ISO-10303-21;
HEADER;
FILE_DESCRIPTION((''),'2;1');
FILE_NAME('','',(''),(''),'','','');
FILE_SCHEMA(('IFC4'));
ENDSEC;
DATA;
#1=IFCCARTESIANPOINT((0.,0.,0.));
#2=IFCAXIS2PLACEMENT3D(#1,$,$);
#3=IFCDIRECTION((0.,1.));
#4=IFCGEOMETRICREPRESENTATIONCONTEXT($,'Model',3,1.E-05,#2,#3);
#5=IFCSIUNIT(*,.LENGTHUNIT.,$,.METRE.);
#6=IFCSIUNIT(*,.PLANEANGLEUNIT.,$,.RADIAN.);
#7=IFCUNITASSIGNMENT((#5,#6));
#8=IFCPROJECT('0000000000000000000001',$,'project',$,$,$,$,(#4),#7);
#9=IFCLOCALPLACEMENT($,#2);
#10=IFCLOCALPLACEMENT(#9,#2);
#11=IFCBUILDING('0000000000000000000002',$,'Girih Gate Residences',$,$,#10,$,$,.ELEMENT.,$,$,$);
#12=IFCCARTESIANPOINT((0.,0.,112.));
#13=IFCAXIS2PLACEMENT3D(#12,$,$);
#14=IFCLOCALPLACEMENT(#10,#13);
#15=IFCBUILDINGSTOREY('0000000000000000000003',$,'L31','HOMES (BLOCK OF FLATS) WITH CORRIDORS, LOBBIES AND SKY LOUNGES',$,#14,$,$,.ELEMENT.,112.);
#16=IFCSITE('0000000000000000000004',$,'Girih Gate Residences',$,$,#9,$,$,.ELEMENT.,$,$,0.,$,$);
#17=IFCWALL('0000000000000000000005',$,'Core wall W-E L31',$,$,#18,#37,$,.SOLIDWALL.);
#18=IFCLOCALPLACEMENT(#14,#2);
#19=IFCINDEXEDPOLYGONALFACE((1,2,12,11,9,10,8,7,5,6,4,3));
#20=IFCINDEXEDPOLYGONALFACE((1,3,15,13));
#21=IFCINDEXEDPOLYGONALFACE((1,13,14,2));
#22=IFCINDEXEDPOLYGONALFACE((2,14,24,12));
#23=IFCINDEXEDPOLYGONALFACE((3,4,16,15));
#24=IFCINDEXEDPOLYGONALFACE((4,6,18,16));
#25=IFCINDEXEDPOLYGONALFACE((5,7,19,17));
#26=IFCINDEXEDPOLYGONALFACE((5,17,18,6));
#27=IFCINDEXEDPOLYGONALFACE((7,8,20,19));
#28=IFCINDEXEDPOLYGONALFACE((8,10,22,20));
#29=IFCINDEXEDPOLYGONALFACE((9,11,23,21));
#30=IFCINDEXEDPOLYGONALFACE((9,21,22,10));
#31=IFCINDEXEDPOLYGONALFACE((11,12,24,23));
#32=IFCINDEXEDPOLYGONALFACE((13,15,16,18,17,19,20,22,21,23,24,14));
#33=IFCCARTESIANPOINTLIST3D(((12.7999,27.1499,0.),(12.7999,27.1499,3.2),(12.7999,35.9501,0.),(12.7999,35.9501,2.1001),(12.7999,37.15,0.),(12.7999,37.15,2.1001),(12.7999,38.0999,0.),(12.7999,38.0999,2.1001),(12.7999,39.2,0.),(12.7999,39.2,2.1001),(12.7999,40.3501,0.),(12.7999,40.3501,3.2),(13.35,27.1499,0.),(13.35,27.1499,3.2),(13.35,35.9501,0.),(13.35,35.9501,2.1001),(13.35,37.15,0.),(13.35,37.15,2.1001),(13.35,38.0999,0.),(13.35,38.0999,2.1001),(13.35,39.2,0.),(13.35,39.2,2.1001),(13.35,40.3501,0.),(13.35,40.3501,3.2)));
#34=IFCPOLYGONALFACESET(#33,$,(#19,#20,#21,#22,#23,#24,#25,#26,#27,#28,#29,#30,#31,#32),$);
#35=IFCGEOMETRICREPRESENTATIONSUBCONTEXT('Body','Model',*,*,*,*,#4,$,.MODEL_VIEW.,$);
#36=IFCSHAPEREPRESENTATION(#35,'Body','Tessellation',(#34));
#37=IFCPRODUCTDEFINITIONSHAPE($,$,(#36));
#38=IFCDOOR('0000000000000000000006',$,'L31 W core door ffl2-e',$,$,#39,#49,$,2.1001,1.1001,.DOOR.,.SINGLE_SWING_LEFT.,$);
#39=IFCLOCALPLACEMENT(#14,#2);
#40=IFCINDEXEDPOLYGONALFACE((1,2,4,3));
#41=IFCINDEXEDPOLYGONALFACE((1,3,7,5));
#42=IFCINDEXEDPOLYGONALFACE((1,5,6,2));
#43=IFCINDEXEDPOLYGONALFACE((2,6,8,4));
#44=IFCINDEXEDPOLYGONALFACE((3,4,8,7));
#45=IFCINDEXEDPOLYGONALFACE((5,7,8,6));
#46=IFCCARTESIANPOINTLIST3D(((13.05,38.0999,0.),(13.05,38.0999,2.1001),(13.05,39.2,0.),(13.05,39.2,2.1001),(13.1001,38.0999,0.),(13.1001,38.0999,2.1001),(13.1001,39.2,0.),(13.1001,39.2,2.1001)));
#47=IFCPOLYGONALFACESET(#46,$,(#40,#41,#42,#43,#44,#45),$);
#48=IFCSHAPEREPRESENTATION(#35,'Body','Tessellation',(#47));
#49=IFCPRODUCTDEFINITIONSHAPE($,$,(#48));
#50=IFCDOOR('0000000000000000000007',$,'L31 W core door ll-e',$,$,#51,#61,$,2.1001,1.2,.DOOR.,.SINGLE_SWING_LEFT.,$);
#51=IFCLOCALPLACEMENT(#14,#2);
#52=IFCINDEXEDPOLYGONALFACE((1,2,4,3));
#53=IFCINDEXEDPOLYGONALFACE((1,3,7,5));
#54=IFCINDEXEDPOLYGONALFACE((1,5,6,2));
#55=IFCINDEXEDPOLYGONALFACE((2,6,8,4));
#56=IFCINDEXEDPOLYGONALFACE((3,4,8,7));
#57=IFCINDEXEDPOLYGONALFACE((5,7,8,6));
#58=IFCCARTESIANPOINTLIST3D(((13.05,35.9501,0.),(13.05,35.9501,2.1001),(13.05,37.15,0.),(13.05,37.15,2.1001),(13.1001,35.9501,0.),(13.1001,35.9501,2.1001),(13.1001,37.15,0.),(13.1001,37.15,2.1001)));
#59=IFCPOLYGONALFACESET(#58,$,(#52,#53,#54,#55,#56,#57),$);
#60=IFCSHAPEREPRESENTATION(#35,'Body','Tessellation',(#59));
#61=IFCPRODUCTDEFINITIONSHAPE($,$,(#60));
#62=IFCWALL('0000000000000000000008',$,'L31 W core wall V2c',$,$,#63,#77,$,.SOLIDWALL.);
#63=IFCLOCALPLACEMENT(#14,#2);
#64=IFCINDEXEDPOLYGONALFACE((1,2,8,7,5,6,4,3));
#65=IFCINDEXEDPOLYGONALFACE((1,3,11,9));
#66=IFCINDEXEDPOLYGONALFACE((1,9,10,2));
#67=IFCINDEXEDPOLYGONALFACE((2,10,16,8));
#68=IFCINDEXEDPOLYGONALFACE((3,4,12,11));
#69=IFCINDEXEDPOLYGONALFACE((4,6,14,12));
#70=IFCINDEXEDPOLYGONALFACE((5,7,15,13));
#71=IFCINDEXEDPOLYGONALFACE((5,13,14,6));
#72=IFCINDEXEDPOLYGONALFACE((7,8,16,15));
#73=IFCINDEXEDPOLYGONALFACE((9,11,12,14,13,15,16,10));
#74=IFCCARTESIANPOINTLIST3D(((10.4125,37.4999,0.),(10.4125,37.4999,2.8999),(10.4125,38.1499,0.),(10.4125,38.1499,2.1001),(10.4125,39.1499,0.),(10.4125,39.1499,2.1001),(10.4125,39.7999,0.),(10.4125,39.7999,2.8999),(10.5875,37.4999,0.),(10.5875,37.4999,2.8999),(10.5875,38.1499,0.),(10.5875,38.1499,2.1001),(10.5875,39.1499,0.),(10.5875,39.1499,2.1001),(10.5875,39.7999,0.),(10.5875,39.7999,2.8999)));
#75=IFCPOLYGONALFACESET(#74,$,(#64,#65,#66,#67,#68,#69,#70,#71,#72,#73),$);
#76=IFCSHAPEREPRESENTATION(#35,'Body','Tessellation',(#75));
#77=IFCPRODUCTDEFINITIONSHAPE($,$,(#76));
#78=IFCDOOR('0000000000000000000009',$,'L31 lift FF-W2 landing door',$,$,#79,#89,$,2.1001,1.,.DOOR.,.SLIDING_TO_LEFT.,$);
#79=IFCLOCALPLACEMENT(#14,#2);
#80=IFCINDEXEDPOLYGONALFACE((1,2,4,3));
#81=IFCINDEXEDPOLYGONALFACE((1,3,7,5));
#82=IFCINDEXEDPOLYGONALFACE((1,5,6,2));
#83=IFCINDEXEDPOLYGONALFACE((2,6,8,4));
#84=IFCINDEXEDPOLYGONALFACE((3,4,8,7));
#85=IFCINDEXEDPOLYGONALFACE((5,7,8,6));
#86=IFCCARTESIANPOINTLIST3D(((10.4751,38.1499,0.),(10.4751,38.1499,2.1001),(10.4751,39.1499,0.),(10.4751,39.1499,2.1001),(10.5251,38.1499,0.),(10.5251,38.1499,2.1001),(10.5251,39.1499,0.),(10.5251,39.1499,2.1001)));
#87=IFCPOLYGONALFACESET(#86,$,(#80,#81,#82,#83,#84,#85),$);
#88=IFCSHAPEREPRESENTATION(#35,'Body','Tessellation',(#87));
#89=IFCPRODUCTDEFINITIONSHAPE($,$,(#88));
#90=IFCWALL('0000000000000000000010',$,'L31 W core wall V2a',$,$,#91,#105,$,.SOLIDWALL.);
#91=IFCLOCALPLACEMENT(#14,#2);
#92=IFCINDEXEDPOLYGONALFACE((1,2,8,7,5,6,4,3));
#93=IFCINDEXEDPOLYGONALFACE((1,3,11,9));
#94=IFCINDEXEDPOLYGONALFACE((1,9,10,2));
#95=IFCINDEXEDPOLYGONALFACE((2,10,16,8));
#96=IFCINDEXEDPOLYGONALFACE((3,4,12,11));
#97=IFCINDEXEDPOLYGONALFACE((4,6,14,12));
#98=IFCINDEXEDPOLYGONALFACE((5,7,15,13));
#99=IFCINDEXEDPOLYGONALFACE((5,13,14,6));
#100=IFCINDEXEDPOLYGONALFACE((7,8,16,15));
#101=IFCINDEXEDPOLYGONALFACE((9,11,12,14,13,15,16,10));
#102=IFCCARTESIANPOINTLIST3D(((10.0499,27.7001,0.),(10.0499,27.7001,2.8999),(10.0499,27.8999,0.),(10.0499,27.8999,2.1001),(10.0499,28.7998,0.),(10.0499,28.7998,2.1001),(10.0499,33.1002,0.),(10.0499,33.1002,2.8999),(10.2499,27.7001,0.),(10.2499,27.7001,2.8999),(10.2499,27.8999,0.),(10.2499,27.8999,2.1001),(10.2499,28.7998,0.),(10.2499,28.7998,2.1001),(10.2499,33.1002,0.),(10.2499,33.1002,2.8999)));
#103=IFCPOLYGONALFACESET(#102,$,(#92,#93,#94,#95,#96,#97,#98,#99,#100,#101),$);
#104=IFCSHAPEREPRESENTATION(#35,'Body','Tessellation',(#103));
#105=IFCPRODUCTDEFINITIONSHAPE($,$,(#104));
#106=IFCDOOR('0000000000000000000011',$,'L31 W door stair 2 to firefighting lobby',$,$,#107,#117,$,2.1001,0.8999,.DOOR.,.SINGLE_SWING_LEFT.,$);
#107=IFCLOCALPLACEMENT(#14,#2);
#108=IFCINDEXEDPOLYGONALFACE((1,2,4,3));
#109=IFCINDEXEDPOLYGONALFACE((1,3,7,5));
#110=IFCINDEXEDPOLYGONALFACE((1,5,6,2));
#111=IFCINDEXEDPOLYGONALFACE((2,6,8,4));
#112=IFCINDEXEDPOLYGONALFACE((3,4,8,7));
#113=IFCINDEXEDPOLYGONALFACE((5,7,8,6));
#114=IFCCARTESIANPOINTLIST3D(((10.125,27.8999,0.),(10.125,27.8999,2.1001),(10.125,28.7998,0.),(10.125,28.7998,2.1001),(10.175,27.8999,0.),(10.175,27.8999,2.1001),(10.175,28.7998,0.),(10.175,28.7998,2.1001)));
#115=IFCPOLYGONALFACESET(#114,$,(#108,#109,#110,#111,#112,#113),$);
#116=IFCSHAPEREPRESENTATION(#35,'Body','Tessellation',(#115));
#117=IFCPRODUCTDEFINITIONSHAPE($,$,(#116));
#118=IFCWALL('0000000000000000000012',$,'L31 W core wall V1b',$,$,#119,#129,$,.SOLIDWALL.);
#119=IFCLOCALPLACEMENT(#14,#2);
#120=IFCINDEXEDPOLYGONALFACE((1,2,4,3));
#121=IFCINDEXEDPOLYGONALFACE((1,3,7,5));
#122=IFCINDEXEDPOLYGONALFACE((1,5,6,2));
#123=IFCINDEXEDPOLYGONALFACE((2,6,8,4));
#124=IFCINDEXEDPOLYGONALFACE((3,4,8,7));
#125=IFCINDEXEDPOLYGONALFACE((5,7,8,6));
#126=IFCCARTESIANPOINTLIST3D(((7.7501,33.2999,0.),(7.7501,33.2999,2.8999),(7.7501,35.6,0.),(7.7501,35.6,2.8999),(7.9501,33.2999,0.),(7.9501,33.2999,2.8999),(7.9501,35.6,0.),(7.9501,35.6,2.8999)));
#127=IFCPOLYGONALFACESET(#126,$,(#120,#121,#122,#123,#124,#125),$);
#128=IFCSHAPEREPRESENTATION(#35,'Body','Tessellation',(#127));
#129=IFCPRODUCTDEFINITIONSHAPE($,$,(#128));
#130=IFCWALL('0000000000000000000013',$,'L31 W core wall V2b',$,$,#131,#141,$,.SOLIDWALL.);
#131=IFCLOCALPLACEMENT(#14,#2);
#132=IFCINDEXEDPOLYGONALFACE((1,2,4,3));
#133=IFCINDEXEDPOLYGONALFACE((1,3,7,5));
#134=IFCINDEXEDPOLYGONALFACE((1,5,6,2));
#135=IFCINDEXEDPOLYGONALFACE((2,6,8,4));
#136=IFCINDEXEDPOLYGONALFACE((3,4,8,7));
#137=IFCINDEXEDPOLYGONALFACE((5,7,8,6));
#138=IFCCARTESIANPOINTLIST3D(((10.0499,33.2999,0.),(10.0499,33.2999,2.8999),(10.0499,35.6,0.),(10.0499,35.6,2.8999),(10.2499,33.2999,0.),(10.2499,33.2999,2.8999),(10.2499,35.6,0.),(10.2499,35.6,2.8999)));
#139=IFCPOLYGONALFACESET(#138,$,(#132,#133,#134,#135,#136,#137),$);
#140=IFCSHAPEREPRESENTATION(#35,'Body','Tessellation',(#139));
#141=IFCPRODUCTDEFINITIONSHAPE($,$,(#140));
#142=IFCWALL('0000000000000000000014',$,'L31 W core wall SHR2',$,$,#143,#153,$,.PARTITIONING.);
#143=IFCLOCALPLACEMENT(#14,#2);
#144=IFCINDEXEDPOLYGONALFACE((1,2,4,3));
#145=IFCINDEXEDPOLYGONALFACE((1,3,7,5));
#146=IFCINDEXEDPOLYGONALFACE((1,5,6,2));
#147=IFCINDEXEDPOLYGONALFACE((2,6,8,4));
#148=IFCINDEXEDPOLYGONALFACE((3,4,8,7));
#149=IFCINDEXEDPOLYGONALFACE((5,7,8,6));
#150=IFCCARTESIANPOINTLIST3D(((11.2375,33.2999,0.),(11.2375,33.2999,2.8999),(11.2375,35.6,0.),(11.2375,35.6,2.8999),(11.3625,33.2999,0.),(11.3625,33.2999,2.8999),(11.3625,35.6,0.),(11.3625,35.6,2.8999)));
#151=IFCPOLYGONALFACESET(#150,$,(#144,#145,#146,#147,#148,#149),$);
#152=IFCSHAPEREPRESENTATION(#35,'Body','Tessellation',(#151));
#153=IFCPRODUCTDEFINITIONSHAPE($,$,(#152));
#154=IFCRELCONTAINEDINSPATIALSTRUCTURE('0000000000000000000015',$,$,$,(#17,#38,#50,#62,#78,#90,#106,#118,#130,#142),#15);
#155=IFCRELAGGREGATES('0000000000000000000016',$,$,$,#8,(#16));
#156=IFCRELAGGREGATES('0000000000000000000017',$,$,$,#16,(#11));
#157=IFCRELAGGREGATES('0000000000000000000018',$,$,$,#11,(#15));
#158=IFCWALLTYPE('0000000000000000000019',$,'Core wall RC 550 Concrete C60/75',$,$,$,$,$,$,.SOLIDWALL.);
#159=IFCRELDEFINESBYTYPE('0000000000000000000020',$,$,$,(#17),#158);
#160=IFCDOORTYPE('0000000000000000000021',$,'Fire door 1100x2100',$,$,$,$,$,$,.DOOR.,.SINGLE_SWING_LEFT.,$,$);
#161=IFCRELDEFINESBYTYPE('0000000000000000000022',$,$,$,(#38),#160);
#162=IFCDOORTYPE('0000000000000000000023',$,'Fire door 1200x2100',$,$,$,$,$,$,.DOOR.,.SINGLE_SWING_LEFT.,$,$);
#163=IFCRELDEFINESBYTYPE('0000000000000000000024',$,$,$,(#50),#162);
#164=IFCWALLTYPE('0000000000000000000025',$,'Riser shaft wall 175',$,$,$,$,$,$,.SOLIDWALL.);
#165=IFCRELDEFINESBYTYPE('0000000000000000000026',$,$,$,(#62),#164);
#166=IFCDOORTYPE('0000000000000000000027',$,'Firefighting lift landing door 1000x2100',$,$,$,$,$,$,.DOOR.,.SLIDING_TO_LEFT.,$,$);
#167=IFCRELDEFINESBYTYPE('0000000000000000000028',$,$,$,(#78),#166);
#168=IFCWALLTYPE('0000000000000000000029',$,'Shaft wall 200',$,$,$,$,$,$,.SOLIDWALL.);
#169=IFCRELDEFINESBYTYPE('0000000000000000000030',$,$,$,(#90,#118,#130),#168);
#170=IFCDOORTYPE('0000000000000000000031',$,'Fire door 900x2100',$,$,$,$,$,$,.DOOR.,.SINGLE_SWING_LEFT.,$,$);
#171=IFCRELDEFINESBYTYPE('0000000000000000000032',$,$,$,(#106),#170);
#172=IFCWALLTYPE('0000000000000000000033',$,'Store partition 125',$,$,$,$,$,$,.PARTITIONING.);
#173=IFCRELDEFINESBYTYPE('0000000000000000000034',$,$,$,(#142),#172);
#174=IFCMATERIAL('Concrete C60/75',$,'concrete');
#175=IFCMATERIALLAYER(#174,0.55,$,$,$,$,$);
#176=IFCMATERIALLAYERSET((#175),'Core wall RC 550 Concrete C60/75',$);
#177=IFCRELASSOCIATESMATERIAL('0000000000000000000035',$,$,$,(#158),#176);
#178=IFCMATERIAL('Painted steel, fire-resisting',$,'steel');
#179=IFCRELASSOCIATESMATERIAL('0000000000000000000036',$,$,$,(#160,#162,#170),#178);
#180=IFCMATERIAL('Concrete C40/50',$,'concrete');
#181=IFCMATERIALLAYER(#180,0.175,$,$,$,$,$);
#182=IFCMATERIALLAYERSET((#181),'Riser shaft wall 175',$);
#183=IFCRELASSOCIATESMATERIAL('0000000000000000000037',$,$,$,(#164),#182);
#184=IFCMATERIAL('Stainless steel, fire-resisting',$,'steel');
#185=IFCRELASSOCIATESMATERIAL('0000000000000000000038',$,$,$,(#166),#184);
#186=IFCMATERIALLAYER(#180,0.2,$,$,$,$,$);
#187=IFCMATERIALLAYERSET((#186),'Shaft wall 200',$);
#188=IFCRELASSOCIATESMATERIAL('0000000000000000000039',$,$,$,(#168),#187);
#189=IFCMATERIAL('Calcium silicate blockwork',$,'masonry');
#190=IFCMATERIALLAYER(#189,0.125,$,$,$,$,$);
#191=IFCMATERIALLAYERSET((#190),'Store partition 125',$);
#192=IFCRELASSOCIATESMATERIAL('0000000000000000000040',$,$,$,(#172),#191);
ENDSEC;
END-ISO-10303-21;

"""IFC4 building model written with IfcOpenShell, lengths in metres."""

from ifc_helpers import new_model, si_unit, direction, frame, frame_2d, origin, place, context, subcontext, project, spatial, rectangle, extrude, material, layer, layer_set, type_object, element, fill, save


model = new_model("IFC4")

# Units and contexts
model_context = context("Model", 3, precision=1e-05, world=origin(), true_north=direction((0.0, 1.0)))
body_context = subcontext(model_context, "Body", "Model", "MODEL_VIEW")
ifc_project = project(units=[si_unit("LENGTHUNIT", "METRE"), si_unit("PLANEANGLEUNIT", "RADIAN")], contexts=[model_context])

# Site, building, storey
site_placement = place(None, origin())
site = spatial("IfcSite", under=ifc_project, at=site_placement, Name="Girih Gate Residences", CompositionType="ELEMENT", RefElevation=0.0)
building_placement = place(site_placement, origin())
building = spatial("IfcBuilding", under=site, at=building_placement, Name="Girih Gate Residences", CompositionType="ELEMENT")
storey_placement = place(building_placement, frame((0.0, 0.0, 112.0)))
storey = spatial("IfcBuildingStorey", under=building, at=storey_placement, Name="L31", Description="HOMES (BLOCK OF FLATS) WITH CORRIDORS, LOBBIES AND SKY LOUNGES", CompositionType="ELEMENT", Elevation=112.0)

# Shared definitions
ifc_material_1 = material(Name="Concrete C60/75", Category="concrete")

# Wall, openings, doors
ifc_layer_1 = layer(ifc_material_1, 0.55)
ifc_layer_set_1 = layer_set([ifc_layer_1], Name="Core wall RC 550 Concrete C60/75")
wall_type_1 = type_object("IfcWallType", Name="Core wall RC 550 Concrete C60/75", PredefinedType="SOLIDWALL", material=ifc_layer_set_1)
wall_1_placement = place(storey_placement, frame((13.075, 27.1499, 0.0), z_axis=(0.0, 0.0, 1.0), x_axis=(0.0, 1.0, 0.0)))
wall_1 = element("IfcWall", 1, at=wall_1_placement, inside=storey, type_object=wall_type_1, Name="Core wall W-E L31", PredefinedType="SOLIDWALL", context=body_context, shape_type="SweptSolid", body=[
    extrude(rectangle(XDim=13.2002, YDim=0.55, at=frame_2d((6.6001, 0.0))), origin(), (0.0, 0.0, 1.0), 3.2),
])
opening_1_placement = place(wall_1_placement, frame((10.95, 0.0, 0.0)))
opening_1 = element("IfcOpeningElement", 2, at=opening_1_placement, cuts=wall_1, PredefinedType="OPENING", context=body_context, shape_type="SweptSolid", body=[
    extrude(rectangle(XDim=1.1001, YDim=2.1001, at=frame_2d((0.55, 1.05))), frame((0.0, 0.2849, 0.0), z_axis=(0.0, -1.0, 0.0), x_axis=(1.0, 0.0, 0.0)), (0.0, 0.0, 1.0), 0.5701),
])
opening_2_placement = place(wall_1_placement, frame((8.8, 0.0, 0.0)))
opening_2 = element("IfcOpeningElement", 3, at=opening_2_placement, cuts=wall_1, PredefinedType="OPENING", context=body_context, shape_type="SweptSolid", body=[
    extrude(rectangle(XDim=1.2, YDim=2.1001, at=frame_2d((0.6001, 1.05))), frame((0.0, 0.2849, 0.0), z_axis=(0.0, -1.0, 0.0), x_axis=(1.0, 0.0, 0.0)), (0.0, 0.0, 1.0), 0.5701),
])
ifc_material_2 = material(Name="Painted steel, fire-resisting", Category="steel")
door_type_1 = type_object("IfcDoorType", Name="Fire door 1100x2100", OperationType="SINGLE_SWING_LEFT", PredefinedType="DOOR", material=ifc_material_2)
door_1_placement = place(opening_1_placement, origin())
door_1 = element("IfcDoor", 4, at=door_1_placement, inside=storey, type_object=door_type_1, Name="L31 W core door ffl2-e", OperationType="SINGLE_SWING_LEFT", OverallHeight=2.1001, OverallWidth=1.1001, PredefinedType="DOOR", context=body_context, shape_type="SweptSolid", body=[
    extrude(rectangle(XDim=1.1001, YDim=2.1001, at=frame_2d((0.55, 1.05))), frame((0.0, 0.0249, 0.0), z_axis=(0.0, -1.0, 0.0), x_axis=(1.0, 0.0, 0.0)), (0.0, 0.0, 1.0), 0.05),
])
fill(opening_1, door_1)
door_type_2 = type_object("IfcDoorType", Name="Fire door 1200x2100", OperationType="SINGLE_SWING_LEFT", PredefinedType="DOOR", material=ifc_material_2)
door_2_placement = place(opening_2_placement, origin())
door_2 = element("IfcDoor", 5, at=door_2_placement, inside=storey, type_object=door_type_2, Name="L31 W core door ll-e", OperationType="SINGLE_SWING_LEFT", OverallHeight=2.1001, OverallWidth=1.2, PredefinedType="DOOR", context=body_context, shape_type="SweptSolid", body=[
    extrude(rectangle(XDim=1.2, YDim=2.1001, at=frame_2d((0.6001, 1.05))), frame((0.0, 0.0249, 0.0), z_axis=(0.0, -1.0, 0.0), x_axis=(1.0, 0.0, 0.0)), (0.0, 0.0, 1.0), 0.05),
])
fill(opening_2, door_2)

# Walls, openings, doors
ifc_material_3 = material(Name="Concrete C40/50", Category="concrete")
ifc_layer_2 = layer(ifc_material_3, 0.175)
ifc_layer_set_2 = layer_set([ifc_layer_2], Name="Riser shaft wall 175")
wall_type_2 = type_object("IfcWallType", Name="Riser shaft wall 175", PredefinedType="SOLIDWALL", material=ifc_layer_set_2)
wall_2_placement = place(storey_placement, frame((10.5, 37.5, 0.0), z_axis=(0.0, 0.0, 1.0), x_axis=(0.0, 1.0, 0.0)))
wall_2 = element("IfcWall", 6, at=wall_2_placement, inside=storey, type_object=wall_type_2, Name="L31 W core wall V2c", PredefinedType="SOLIDWALL", context=body_context, shape_type="SweptSolid", body=[
    extrude(rectangle(XDim=2.3, YDim=0.175, at=frame_2d((1.1499, 0.0))), origin(), (0.0, 0.0, 1.0), 2.8999),
])
opening_3_placement = place(wall_2_placement, frame((0.6499, 0.0, 0.0)))
opening_3 = element("IfcOpeningElement", 7, at=opening_3_placement, cuts=wall_2, PredefinedType="OPENING", context=body_context, shape_type="SweptSolid", body=[
    extrude(rectangle(XDim=1.0, YDim=2.1001, at=frame_2d((0.5, 1.05))), frame((0.0, 0.0974, 0.0), z_axis=(0.0, -1.0, 0.0), x_axis=(1.0, 0.0, 0.0)), (0.0, 0.0, 1.0), 0.1951),
])
ifc_material_4 = material(Name="Stainless steel, fire-resisting", Category="steel")
door_type_3 = type_object("IfcDoorType", Name="Firefighting lift landing door 1000x2100", OperationType="SLIDING_TO_LEFT", PredefinedType="DOOR", material=ifc_material_4)
door_3_placement = place(opening_3_placement, origin())
door_3 = element("IfcDoor", 8, at=door_3_placement, inside=storey, type_object=door_type_3, Name="L31 lift FF-W2 landing door", OperationType="SLIDING_TO_LEFT", OverallHeight=2.1001, OverallWidth=1.0, PredefinedType="DOOR", context=body_context, shape_type="SweptSolid", body=[
    extrude(rectangle(XDim=1.0, YDim=2.1001, at=frame_2d((0.5, 1.05))), frame((0.0, 0.0249, 0.0), z_axis=(0.0, -1.0, 0.0), x_axis=(1.0, 0.0, 0.0)), (0.0, 0.0, 1.0), 0.05),
])
fill(opening_3, door_3)
ifc_layer_3 = layer(ifc_material_3, 0.2)
ifc_layer_set_3 = layer_set([ifc_layer_3], Name="Shaft wall 200")
wall_type_3 = type_object("IfcWallType", Name="Shaft wall 200", PredefinedType="SOLIDWALL", material=ifc_layer_set_3)
wall_3_placement = place(storey_placement, frame((10.1499, 27.7, 0.0), z_axis=(0.0, 0.0, 1.0), x_axis=(0.0, 1.0, 0.0)))
wall_3 = element("IfcWall", 9, at=wall_3_placement, inside=storey, type_object=wall_type_3, Name="L31 W core wall V2a", PredefinedType="SOLIDWALL", context=body_context, shape_type="SweptSolid", body=[
    extrude(rectangle(XDim=5.4001, YDim=0.2, at=frame_2d((2.7002, 0.0))), origin(), (0.0, 0.0, 1.0), 2.8999),
])
opening_4_placement = place(wall_3_placement, frame((0.2, 0.0, 0.0)))
opening_4 = element("IfcOpeningElement", 10, at=opening_4_placement, cuts=wall_3, PredefinedType="OPENING", context=body_context, shape_type="SweptSolid", body=[
    extrude(rectangle(XDim=0.8999, YDim=2.1001, at=frame_2d((0.45, 1.05))), frame((0.0, 0.1099, 0.0), z_axis=(0.0, -1.0, 0.0), x_axis=(1.0, 0.0, 0.0)), (0.0, 0.0, 1.0), 0.22),
])
door_type_4 = type_object("IfcDoorType", Name="Fire door 900x2100", OperationType="SINGLE_SWING_LEFT", PredefinedType="DOOR", material=ifc_material_2)
door_4_placement = place(opening_4_placement, origin())
door_4 = element("IfcDoor", 11, at=door_4_placement, inside=storey, type_object=door_type_4, Name="L31 W door stair 2 to firefighting lobby", OperationType="SINGLE_SWING_LEFT", OverallHeight=2.1001, OverallWidth=0.8999, PredefinedType="DOOR", context=body_context, shape_type="SweptSolid", body=[
    extrude(rectangle(XDim=0.8999, YDim=2.1001, at=frame_2d((0.45, 1.05))), frame((0.0, 0.0249, 0.0), z_axis=(0.0, -1.0, 0.0), x_axis=(1.0, 0.0, 0.0)), (0.0, 0.0, 1.0), 0.05),
])
fill(opening_4, door_4)

# Walls
for number, where, z_axis, x_axis, name in (
    (12, (7.8501, 33.3, 0.0), (0.0, 0.0, 1.0), (0.0, 1.0, 0.0), "L31 W core wall V1b"),
    (13, (10.1499, 33.3, 0.0), (0.0, 0.0, 1.0), (0.0, 1.0, 0.0), "L31 W core wall V2b"),
):
    element("IfcWall", number, at=place(storey_placement, frame(where, z_axis=z_axis, x_axis=x_axis)), inside=storey, type_object=wall_type_3, Name=name, PredefinedType="SOLIDWALL", context=body_context, shape_type="SweptSolid", body=[
        extrude(rectangle(XDim=2.3, YDim=0.2, at=frame_2d((1.1499, 0.0))), origin(), (0.0, 0.0, 1.0), 2.8999),
    ])
ifc_material_5 = material(Name="Calcium silicate blockwork", Category="masonry")
ifc_layer_4 = layer(ifc_material_5, 0.125)
ifc_layer_set_4 = layer_set([ifc_layer_4], Name="Store partition 125")
wall_type_4 = type_object("IfcWallType", Name="Store partition 125", PredefinedType="PARTITIONING", material=ifc_layer_set_4)
wall_4_placement = place(storey_placement, frame((11.3, 33.3, 0.0), z_axis=(0.0, 0.0, 1.0), x_axis=(0.0, 1.0, 0.0)))
element("IfcWall", 14, at=wall_4_placement, inside=storey, type_object=wall_type_4, Name="L31 W core wall SHR2", PredefinedType="PARTITIONING", context=body_context, shape_type="SweptSolid", body=[
    extrude(rectangle(XDim=2.3, YDim=0.125, at=frame_2d((1.1499, 0.0))), origin(), (0.0, 0.0, 1.0), 2.8999),
])

save(model, "model.ifc")
